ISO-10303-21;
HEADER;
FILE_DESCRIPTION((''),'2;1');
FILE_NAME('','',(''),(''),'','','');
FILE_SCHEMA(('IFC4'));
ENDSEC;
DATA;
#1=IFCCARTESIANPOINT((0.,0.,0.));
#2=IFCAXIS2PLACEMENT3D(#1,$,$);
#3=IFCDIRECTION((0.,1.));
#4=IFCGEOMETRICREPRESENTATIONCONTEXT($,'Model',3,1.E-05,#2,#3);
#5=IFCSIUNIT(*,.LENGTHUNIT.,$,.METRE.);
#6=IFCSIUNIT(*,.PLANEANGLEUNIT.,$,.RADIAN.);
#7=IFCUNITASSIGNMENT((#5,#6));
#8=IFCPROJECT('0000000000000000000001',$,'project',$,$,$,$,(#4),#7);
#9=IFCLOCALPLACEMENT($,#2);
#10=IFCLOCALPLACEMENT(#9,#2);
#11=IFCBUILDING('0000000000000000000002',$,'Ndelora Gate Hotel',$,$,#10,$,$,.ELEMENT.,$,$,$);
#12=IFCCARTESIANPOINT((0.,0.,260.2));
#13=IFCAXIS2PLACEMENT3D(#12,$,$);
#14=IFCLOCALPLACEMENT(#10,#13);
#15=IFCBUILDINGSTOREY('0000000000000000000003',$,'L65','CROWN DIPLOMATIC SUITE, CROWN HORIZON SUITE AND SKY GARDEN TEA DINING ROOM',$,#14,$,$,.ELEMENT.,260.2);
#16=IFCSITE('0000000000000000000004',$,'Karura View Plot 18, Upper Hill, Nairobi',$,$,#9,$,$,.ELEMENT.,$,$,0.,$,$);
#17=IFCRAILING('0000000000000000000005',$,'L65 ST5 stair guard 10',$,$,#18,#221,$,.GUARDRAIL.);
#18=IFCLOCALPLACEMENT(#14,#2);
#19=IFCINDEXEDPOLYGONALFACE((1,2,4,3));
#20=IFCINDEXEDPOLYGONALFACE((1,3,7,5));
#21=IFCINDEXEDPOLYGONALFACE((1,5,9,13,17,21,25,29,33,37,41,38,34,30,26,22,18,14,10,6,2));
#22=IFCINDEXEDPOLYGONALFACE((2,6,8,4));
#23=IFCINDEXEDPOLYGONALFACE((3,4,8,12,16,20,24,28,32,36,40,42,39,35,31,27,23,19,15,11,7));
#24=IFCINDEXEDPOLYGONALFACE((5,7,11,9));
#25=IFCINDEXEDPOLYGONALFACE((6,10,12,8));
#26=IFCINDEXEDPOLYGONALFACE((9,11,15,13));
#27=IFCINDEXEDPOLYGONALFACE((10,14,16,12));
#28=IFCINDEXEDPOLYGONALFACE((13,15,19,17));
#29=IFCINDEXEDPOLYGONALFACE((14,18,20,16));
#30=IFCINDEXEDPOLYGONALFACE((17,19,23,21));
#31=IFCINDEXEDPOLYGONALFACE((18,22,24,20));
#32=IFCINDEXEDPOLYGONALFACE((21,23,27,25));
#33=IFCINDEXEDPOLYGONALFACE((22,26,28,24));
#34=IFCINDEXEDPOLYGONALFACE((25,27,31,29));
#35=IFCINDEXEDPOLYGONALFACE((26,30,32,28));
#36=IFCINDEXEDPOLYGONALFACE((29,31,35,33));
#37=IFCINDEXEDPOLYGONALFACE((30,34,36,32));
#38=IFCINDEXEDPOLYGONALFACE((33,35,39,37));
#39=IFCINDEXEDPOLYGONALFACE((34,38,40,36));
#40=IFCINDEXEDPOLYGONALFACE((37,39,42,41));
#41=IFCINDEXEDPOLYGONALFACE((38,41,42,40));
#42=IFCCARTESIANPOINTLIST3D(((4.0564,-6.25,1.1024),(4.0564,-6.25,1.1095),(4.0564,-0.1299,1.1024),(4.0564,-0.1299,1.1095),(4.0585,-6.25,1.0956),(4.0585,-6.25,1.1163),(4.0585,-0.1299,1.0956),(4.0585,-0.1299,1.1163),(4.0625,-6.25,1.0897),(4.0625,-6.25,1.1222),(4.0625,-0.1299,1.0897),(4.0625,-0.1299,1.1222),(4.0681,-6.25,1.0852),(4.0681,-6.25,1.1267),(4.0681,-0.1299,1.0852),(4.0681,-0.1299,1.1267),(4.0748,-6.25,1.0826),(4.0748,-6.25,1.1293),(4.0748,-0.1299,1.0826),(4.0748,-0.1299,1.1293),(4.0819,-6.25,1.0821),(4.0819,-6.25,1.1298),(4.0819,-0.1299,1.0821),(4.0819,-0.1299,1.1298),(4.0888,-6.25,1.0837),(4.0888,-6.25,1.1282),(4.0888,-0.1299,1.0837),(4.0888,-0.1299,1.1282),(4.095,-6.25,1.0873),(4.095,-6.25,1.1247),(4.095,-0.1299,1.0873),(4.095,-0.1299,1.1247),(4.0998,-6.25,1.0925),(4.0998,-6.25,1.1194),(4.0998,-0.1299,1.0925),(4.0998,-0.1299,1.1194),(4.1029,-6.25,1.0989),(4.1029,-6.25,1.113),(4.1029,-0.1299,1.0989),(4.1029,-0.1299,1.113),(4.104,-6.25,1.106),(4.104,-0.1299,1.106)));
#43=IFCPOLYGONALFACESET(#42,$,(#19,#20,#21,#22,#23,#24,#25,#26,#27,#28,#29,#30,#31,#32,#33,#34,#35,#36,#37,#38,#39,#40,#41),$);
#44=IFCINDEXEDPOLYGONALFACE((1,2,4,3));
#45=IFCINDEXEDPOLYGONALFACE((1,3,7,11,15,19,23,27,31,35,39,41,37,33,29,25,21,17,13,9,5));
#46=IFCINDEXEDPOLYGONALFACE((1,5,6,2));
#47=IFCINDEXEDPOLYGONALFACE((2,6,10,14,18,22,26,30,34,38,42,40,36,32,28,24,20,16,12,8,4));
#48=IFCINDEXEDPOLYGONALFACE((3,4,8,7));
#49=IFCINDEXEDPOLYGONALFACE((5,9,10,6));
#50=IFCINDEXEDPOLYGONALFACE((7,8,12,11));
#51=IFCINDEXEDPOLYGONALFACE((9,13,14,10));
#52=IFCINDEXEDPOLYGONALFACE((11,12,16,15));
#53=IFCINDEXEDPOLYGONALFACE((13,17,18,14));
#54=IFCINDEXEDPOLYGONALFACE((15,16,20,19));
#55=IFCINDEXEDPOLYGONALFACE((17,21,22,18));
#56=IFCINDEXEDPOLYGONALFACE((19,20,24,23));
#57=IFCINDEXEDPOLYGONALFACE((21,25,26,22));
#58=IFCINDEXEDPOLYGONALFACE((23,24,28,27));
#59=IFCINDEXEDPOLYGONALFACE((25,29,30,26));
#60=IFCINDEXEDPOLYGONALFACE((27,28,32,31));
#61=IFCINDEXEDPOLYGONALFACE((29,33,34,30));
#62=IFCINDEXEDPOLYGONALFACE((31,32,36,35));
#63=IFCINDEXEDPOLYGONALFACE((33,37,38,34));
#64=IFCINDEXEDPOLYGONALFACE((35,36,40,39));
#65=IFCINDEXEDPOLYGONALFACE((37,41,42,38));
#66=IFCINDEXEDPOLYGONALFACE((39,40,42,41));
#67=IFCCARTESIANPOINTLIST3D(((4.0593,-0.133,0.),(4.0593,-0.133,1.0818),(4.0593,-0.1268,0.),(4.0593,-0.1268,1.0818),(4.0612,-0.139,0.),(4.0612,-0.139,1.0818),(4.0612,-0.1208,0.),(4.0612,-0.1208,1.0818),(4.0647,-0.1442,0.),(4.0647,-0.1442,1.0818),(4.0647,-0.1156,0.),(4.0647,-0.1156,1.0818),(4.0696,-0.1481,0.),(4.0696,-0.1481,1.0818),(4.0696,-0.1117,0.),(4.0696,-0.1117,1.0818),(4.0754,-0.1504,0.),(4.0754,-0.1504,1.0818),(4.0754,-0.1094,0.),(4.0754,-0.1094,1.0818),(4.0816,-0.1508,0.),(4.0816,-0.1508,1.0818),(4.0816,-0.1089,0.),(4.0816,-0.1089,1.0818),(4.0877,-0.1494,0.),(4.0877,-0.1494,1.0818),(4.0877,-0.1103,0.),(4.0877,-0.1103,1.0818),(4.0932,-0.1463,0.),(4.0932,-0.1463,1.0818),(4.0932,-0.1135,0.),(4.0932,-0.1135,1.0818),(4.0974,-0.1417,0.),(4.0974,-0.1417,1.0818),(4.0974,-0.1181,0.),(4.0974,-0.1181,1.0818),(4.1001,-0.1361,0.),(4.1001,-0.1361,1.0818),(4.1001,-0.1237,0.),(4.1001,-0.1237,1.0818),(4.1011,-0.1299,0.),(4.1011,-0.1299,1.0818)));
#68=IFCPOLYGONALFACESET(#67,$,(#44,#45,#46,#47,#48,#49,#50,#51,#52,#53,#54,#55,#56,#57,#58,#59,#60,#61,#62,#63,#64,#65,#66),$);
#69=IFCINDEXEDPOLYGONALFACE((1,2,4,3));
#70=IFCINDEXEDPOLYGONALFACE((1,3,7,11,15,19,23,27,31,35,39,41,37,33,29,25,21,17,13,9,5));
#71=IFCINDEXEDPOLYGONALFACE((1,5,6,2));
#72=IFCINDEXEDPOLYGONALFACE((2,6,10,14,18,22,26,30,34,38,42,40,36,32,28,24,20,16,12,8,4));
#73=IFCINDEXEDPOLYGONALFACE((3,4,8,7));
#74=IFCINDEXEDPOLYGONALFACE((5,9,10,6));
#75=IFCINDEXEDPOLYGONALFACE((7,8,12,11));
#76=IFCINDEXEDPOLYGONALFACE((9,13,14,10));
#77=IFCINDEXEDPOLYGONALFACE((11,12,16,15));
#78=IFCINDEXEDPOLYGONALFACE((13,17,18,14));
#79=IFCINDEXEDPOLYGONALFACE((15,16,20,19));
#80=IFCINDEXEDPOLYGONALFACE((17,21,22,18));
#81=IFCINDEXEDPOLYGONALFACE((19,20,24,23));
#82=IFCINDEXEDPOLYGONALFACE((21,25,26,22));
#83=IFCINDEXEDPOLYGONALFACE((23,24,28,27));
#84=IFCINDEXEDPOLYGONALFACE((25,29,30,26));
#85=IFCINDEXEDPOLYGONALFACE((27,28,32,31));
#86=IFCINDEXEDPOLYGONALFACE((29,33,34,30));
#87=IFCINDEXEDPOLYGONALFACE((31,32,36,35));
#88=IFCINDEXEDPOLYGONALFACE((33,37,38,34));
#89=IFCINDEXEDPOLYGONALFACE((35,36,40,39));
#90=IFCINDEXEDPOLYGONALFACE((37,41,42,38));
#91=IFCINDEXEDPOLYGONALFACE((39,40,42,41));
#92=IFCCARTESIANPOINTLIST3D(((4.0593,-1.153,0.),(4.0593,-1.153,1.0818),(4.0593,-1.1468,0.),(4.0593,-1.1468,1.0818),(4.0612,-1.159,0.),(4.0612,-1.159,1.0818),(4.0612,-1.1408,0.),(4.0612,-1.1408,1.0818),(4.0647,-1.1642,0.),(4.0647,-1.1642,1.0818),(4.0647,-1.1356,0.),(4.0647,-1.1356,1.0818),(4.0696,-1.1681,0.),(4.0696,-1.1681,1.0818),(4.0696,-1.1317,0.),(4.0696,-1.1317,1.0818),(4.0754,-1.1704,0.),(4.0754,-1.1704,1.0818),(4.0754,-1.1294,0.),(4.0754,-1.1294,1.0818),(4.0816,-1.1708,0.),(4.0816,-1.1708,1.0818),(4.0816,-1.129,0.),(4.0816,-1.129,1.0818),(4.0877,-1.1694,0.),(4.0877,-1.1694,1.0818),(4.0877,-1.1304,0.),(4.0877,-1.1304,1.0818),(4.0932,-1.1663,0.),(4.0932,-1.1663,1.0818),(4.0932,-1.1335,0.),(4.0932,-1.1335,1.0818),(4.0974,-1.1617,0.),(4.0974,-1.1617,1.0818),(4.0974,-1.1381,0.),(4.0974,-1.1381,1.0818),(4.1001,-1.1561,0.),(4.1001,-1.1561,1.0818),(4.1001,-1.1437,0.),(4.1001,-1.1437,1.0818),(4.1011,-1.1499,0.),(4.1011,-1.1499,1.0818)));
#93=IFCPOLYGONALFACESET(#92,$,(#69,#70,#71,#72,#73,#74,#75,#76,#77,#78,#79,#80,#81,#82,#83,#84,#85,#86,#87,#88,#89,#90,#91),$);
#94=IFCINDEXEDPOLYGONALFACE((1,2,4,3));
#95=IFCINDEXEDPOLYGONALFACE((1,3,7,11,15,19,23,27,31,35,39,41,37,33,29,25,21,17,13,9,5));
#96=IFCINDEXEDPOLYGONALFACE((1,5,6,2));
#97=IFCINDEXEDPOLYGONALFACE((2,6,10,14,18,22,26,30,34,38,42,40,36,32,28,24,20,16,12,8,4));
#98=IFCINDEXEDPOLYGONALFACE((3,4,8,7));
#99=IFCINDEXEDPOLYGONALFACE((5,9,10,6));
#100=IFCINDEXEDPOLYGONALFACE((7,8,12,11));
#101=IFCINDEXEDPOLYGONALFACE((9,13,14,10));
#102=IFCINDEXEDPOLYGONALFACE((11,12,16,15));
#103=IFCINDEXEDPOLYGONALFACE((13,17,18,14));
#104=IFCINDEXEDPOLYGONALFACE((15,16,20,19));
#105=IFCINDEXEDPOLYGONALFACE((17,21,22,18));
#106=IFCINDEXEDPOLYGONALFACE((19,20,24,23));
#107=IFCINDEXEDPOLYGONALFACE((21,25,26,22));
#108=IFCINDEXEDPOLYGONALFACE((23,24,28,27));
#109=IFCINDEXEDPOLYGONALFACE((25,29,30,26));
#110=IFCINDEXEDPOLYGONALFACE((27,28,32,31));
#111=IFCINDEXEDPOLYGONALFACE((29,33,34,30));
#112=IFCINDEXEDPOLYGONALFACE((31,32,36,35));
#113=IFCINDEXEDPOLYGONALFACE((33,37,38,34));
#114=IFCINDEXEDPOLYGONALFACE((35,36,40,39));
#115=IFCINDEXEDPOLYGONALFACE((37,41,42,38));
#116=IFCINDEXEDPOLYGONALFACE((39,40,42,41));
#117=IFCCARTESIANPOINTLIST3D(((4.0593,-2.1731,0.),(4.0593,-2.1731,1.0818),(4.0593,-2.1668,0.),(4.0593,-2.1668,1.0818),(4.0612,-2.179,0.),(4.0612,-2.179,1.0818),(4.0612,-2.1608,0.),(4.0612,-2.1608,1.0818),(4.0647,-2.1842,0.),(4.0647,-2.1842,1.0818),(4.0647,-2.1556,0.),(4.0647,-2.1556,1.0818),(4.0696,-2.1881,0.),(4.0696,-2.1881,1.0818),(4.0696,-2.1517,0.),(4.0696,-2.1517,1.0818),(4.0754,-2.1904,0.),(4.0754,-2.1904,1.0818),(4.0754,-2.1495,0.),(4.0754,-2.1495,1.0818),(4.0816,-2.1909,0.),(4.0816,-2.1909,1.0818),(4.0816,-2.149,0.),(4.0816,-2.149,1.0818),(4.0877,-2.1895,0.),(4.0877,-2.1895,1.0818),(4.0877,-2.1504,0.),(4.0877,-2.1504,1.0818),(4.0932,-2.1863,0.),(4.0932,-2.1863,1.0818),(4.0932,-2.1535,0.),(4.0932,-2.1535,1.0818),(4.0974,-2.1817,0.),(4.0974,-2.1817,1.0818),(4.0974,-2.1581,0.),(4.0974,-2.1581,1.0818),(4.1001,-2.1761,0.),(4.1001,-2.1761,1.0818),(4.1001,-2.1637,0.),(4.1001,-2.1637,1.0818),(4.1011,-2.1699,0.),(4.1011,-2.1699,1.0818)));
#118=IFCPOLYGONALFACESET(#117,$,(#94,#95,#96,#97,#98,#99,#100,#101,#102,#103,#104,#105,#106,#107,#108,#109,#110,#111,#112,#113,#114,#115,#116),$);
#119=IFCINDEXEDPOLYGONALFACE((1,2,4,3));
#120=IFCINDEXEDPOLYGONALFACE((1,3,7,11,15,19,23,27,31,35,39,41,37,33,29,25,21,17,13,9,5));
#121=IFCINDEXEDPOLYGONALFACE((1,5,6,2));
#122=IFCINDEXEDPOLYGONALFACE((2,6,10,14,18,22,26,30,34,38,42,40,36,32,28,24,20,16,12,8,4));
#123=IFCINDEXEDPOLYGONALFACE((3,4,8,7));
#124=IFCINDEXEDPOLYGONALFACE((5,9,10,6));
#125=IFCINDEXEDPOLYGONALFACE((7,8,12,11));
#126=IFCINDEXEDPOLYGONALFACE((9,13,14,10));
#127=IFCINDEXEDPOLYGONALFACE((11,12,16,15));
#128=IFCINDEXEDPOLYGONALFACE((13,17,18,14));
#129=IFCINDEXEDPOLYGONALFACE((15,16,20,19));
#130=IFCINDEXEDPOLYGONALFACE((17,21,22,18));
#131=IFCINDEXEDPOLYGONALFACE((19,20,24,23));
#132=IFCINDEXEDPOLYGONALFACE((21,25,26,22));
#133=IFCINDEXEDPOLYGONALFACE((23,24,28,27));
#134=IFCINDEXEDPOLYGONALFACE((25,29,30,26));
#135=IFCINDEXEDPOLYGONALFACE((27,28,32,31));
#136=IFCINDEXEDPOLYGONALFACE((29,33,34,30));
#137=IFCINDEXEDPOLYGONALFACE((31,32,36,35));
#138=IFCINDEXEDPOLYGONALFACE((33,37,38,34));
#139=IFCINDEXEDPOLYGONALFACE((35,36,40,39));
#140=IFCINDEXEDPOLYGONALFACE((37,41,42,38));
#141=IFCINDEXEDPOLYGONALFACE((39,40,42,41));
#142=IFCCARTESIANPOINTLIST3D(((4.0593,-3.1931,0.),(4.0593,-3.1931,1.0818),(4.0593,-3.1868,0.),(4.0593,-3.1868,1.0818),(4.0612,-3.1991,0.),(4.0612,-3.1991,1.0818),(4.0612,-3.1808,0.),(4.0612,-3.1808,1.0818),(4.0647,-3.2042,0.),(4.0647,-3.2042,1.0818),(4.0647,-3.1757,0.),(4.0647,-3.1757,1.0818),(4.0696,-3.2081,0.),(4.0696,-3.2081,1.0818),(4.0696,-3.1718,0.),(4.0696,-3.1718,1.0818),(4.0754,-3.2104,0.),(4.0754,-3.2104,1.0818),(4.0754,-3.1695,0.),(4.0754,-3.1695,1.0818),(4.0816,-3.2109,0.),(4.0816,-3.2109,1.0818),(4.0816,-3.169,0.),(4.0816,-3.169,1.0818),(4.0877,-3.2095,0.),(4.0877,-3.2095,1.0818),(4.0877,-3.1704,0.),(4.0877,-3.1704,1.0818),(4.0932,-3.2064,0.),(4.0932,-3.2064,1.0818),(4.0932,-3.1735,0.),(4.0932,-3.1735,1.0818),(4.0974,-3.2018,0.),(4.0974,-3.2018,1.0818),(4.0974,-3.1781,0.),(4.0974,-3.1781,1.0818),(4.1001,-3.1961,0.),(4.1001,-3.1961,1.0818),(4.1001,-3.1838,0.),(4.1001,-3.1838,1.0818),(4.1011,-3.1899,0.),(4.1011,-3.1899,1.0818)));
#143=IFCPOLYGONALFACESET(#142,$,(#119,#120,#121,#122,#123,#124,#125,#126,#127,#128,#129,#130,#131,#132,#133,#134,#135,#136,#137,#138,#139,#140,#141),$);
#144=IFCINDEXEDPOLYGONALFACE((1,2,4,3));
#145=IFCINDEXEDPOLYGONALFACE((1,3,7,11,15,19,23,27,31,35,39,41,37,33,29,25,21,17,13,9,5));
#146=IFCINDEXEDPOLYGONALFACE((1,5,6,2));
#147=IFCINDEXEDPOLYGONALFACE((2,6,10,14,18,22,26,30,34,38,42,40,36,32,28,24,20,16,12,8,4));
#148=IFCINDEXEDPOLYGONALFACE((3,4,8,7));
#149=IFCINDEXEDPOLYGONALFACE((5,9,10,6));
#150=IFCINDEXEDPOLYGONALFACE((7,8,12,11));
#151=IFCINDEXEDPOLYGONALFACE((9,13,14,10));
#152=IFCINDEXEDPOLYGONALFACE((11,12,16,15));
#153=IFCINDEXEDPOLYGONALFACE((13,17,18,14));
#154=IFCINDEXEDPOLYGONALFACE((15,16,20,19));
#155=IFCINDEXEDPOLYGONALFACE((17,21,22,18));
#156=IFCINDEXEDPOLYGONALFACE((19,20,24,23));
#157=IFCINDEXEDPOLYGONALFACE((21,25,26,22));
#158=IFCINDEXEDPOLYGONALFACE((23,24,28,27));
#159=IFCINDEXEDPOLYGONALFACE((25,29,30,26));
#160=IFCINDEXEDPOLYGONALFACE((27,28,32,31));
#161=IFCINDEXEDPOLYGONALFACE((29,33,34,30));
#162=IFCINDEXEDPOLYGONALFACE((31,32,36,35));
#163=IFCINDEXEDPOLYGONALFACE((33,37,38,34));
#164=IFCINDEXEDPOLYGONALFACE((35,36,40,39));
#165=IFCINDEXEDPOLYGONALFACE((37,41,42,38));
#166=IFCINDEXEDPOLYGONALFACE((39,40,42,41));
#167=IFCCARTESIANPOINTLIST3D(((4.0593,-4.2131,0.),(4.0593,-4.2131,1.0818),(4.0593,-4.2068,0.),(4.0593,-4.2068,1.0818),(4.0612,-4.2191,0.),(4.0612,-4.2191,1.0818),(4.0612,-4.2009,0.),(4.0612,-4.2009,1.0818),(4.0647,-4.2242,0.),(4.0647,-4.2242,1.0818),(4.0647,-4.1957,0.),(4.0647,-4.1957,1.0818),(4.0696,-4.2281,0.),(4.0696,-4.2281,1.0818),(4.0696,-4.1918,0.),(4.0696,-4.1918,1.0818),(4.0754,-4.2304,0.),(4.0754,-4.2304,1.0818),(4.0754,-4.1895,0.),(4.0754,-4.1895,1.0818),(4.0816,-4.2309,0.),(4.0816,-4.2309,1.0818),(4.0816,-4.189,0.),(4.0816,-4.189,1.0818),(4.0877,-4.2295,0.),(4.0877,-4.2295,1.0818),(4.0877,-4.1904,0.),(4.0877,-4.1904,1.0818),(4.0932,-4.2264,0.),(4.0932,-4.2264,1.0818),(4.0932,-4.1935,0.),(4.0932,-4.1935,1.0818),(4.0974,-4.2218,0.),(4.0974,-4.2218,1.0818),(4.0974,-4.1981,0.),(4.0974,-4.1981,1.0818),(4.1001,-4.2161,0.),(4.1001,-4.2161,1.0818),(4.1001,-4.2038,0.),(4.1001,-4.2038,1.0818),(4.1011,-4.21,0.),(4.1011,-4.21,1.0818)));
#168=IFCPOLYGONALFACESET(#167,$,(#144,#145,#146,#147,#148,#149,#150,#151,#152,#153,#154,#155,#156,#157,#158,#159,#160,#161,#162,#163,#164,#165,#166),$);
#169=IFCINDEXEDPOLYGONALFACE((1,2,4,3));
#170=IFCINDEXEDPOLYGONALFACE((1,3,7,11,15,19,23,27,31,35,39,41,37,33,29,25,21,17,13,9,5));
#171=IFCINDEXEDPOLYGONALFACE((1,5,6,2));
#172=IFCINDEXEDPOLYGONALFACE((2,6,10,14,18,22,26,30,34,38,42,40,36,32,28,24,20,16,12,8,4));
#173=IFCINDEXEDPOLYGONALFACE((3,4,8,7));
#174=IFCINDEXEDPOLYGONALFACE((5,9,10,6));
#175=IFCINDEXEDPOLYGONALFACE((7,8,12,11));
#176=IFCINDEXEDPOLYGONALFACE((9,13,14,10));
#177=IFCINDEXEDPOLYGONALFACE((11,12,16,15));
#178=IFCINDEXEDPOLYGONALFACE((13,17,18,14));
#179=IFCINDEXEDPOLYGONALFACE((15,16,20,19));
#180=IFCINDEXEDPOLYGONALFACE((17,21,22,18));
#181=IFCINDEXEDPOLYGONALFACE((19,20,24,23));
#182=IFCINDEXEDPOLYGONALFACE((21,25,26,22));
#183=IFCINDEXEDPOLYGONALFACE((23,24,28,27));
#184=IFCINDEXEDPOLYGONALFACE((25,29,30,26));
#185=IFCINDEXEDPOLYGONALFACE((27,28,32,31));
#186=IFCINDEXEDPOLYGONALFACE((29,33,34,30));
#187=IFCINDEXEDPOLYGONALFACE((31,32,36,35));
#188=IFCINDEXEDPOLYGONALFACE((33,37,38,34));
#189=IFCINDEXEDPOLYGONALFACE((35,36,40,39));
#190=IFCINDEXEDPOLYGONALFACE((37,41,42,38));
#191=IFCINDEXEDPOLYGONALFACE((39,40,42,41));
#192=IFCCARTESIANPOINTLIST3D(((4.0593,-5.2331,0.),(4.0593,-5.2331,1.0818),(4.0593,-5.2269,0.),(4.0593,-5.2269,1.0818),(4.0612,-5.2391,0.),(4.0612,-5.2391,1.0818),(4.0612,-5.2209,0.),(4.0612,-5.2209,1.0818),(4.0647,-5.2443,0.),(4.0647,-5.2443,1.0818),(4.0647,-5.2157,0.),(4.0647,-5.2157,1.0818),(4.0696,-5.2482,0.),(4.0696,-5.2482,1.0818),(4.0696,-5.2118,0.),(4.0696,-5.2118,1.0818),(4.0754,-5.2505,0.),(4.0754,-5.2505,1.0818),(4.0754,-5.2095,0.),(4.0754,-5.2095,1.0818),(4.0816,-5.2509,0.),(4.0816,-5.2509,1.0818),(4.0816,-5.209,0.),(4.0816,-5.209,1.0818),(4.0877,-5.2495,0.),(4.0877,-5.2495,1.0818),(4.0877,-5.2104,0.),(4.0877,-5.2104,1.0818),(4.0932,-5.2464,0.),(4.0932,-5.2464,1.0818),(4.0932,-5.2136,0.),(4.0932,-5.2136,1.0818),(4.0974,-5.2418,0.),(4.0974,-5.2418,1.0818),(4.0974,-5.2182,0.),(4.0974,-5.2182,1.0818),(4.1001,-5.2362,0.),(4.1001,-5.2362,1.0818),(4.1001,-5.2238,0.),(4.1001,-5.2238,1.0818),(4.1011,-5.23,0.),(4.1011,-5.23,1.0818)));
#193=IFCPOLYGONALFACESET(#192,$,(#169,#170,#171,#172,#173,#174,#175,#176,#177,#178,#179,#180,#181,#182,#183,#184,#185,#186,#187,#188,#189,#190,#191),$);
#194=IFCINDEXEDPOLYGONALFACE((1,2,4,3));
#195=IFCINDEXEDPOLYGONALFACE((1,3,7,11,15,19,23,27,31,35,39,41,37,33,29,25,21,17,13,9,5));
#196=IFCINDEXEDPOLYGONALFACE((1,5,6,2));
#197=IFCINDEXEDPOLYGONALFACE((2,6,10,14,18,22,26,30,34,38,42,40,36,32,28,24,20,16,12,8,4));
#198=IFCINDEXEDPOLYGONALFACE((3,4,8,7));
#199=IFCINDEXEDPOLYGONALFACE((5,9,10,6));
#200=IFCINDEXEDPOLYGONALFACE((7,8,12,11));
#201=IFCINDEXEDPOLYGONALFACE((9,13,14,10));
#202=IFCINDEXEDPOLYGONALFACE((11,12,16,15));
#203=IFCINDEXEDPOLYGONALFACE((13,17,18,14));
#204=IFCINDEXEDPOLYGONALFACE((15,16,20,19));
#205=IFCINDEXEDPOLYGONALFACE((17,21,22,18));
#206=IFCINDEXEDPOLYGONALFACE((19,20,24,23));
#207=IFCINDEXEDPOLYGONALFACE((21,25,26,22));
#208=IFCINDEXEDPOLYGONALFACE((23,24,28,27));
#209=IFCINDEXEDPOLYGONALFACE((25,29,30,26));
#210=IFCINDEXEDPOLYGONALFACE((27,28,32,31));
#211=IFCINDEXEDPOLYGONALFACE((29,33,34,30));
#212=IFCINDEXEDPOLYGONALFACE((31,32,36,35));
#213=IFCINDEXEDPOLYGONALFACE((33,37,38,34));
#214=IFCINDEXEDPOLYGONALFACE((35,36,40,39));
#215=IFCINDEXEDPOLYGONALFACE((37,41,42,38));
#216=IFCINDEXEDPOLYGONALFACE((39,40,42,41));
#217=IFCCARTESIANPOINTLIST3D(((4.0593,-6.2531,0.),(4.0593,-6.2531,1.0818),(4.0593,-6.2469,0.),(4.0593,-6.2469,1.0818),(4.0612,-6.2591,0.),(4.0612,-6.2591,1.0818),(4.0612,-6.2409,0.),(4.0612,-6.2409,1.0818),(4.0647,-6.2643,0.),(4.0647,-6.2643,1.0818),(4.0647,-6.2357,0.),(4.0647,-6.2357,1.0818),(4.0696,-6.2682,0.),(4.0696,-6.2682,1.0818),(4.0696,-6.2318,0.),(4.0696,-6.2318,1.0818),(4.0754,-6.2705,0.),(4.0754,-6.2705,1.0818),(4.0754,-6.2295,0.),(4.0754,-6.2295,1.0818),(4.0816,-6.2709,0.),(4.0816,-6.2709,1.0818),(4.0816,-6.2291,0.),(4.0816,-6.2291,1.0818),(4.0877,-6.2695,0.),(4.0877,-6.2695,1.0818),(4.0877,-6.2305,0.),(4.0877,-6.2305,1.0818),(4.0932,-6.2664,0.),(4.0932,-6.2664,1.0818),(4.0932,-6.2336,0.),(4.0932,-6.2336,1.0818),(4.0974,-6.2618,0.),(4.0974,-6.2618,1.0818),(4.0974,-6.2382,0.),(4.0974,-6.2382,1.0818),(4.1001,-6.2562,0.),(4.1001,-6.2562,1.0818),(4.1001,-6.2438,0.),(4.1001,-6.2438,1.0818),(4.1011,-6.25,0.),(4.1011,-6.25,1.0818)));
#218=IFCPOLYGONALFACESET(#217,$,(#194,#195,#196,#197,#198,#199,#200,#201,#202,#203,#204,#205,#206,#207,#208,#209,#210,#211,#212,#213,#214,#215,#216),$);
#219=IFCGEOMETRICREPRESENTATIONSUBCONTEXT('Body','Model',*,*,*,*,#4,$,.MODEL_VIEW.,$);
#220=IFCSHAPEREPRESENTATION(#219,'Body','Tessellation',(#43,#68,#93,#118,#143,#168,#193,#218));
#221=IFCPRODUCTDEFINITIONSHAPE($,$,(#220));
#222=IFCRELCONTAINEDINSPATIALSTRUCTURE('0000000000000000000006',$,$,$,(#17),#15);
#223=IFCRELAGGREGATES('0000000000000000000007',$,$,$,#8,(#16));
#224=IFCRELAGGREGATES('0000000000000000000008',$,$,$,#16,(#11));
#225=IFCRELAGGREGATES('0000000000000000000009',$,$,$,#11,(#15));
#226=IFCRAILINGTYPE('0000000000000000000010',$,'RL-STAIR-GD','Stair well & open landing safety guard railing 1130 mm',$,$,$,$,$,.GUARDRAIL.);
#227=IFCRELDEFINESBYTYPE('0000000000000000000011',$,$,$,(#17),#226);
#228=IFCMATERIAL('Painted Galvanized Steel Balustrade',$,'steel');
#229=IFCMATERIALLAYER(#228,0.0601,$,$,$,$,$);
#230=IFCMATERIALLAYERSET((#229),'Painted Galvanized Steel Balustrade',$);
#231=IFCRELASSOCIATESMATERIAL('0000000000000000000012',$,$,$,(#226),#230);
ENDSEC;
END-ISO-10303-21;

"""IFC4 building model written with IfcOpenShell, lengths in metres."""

from ifc_helpers import new_model, si_unit, direction, frame, origin, origin_2d, place, context, subcontext, project, spatial, circle, extrude, material, layer, layer_set, type_object, element, save


model = new_model("IFC4")

# Units and contexts
model_context = context("Model", 3, precision=1e-05, world=origin(), true_north=direction((0.0, 1.0)))
body_context = subcontext(model_context, "Body", "Model", "MODEL_VIEW")
ifc_project = project(units=[si_unit("LENGTHUNIT", "METRE"), si_unit("PLANEANGLEUNIT", "RADIAN")], contexts=[model_context])

# Site, building, storey
site_placement = place(None, origin())
site = spatial("IfcSite", under=ifc_project, at=site_placement, Name="Karura View Plot 18, Upper Hill, Nairobi", CompositionType="ELEMENT", RefElevation=0.0)
building_placement = place(site_placement, origin())
building = spatial("IfcBuilding", under=site, at=building_placement, Name="Ndelora Gate Hotel", CompositionType="ELEMENT")
storey_placement = place(building_placement, frame((0.0, 0.0, 260.2)))
storey = spatial("IfcBuildingStorey", under=building, at=storey_placement, Name="L65", Description="CROWN DIPLOMATIC SUITE, CROWN HORIZON SUITE AND SKY GARDEN TEA DINING ROOM", CompositionType="ELEMENT", Elevation=260.2)

# Railing
ifc_material_1 = material(Name="Painted Galvanized Steel Balustrade", Category="steel")
ifc_layer_1 = layer(ifc_material_1, 0.0601)
ifc_layer_set_1 = layer_set([ifc_layer_1], Name="Painted Galvanized Steel Balustrade")
railing_type = type_object("IfcRailingType", Name="RL-STAIR-GD", Description="Stair well & open landing safety guard railing 1130 mm", PredefinedType="GUARDRAIL", material=ifc_layer_set_1)
railing_1_placement = place(storey_placement, frame((4.0801, -0.1299, 0.0)))
element("IfcRailing", 1, at=railing_1_placement, inside=storey, type_object=railing_type, Name="L65 ST5 stair guard 10", PredefinedType="GUARDRAIL", context=body_context, shape_type="SweptSolid", body=[
    extrude(circle(Radius=0.0239, at=origin_2d()), frame((0.0, 0.0, 1.106), z_axis=(0.0, -1.0, 0.0), x_axis=(1.0, 0.0, 0.0)), (0.0, 0.0, 1.0), 6.1201),
    extrude(circle(Radius=0.021, at=origin_2d()), origin(), (0.0, 0.0, 1.0), 1.0818),
    extrude(circle(Radius=0.021, at=origin_2d()), frame((0.0, -1.02, 0.0)), (0.0, 0.0, 1.0), 1.0818),
    extrude(circle(Radius=0.021, at=origin_2d()), frame((0.0, -2.04, 0.0)), (0.0, 0.0, 1.0), 1.0818),
    extrude(circle(Radius=0.021, at=origin_2d()), frame((0.0, -3.0601, 0.0)), (0.0, 0.0, 1.0), 1.0818),
    extrude(circle(Radius=0.021, at=origin_2d()), frame((0.0, -4.0801, 0.0)), (0.0, 0.0, 1.0), 1.0818),
    extrude(circle(Radius=0.021, at=origin_2d()), frame((0.0, -5.1001, 0.0)), (0.0, 0.0, 1.0), 1.0818),
    extrude(circle(Radius=0.021, at=origin_2d()), frame((0.0, -6.1201, 0.0)), (0.0, 0.0, 1.0), 1.0818),
])

save(model, "model.ifc")
